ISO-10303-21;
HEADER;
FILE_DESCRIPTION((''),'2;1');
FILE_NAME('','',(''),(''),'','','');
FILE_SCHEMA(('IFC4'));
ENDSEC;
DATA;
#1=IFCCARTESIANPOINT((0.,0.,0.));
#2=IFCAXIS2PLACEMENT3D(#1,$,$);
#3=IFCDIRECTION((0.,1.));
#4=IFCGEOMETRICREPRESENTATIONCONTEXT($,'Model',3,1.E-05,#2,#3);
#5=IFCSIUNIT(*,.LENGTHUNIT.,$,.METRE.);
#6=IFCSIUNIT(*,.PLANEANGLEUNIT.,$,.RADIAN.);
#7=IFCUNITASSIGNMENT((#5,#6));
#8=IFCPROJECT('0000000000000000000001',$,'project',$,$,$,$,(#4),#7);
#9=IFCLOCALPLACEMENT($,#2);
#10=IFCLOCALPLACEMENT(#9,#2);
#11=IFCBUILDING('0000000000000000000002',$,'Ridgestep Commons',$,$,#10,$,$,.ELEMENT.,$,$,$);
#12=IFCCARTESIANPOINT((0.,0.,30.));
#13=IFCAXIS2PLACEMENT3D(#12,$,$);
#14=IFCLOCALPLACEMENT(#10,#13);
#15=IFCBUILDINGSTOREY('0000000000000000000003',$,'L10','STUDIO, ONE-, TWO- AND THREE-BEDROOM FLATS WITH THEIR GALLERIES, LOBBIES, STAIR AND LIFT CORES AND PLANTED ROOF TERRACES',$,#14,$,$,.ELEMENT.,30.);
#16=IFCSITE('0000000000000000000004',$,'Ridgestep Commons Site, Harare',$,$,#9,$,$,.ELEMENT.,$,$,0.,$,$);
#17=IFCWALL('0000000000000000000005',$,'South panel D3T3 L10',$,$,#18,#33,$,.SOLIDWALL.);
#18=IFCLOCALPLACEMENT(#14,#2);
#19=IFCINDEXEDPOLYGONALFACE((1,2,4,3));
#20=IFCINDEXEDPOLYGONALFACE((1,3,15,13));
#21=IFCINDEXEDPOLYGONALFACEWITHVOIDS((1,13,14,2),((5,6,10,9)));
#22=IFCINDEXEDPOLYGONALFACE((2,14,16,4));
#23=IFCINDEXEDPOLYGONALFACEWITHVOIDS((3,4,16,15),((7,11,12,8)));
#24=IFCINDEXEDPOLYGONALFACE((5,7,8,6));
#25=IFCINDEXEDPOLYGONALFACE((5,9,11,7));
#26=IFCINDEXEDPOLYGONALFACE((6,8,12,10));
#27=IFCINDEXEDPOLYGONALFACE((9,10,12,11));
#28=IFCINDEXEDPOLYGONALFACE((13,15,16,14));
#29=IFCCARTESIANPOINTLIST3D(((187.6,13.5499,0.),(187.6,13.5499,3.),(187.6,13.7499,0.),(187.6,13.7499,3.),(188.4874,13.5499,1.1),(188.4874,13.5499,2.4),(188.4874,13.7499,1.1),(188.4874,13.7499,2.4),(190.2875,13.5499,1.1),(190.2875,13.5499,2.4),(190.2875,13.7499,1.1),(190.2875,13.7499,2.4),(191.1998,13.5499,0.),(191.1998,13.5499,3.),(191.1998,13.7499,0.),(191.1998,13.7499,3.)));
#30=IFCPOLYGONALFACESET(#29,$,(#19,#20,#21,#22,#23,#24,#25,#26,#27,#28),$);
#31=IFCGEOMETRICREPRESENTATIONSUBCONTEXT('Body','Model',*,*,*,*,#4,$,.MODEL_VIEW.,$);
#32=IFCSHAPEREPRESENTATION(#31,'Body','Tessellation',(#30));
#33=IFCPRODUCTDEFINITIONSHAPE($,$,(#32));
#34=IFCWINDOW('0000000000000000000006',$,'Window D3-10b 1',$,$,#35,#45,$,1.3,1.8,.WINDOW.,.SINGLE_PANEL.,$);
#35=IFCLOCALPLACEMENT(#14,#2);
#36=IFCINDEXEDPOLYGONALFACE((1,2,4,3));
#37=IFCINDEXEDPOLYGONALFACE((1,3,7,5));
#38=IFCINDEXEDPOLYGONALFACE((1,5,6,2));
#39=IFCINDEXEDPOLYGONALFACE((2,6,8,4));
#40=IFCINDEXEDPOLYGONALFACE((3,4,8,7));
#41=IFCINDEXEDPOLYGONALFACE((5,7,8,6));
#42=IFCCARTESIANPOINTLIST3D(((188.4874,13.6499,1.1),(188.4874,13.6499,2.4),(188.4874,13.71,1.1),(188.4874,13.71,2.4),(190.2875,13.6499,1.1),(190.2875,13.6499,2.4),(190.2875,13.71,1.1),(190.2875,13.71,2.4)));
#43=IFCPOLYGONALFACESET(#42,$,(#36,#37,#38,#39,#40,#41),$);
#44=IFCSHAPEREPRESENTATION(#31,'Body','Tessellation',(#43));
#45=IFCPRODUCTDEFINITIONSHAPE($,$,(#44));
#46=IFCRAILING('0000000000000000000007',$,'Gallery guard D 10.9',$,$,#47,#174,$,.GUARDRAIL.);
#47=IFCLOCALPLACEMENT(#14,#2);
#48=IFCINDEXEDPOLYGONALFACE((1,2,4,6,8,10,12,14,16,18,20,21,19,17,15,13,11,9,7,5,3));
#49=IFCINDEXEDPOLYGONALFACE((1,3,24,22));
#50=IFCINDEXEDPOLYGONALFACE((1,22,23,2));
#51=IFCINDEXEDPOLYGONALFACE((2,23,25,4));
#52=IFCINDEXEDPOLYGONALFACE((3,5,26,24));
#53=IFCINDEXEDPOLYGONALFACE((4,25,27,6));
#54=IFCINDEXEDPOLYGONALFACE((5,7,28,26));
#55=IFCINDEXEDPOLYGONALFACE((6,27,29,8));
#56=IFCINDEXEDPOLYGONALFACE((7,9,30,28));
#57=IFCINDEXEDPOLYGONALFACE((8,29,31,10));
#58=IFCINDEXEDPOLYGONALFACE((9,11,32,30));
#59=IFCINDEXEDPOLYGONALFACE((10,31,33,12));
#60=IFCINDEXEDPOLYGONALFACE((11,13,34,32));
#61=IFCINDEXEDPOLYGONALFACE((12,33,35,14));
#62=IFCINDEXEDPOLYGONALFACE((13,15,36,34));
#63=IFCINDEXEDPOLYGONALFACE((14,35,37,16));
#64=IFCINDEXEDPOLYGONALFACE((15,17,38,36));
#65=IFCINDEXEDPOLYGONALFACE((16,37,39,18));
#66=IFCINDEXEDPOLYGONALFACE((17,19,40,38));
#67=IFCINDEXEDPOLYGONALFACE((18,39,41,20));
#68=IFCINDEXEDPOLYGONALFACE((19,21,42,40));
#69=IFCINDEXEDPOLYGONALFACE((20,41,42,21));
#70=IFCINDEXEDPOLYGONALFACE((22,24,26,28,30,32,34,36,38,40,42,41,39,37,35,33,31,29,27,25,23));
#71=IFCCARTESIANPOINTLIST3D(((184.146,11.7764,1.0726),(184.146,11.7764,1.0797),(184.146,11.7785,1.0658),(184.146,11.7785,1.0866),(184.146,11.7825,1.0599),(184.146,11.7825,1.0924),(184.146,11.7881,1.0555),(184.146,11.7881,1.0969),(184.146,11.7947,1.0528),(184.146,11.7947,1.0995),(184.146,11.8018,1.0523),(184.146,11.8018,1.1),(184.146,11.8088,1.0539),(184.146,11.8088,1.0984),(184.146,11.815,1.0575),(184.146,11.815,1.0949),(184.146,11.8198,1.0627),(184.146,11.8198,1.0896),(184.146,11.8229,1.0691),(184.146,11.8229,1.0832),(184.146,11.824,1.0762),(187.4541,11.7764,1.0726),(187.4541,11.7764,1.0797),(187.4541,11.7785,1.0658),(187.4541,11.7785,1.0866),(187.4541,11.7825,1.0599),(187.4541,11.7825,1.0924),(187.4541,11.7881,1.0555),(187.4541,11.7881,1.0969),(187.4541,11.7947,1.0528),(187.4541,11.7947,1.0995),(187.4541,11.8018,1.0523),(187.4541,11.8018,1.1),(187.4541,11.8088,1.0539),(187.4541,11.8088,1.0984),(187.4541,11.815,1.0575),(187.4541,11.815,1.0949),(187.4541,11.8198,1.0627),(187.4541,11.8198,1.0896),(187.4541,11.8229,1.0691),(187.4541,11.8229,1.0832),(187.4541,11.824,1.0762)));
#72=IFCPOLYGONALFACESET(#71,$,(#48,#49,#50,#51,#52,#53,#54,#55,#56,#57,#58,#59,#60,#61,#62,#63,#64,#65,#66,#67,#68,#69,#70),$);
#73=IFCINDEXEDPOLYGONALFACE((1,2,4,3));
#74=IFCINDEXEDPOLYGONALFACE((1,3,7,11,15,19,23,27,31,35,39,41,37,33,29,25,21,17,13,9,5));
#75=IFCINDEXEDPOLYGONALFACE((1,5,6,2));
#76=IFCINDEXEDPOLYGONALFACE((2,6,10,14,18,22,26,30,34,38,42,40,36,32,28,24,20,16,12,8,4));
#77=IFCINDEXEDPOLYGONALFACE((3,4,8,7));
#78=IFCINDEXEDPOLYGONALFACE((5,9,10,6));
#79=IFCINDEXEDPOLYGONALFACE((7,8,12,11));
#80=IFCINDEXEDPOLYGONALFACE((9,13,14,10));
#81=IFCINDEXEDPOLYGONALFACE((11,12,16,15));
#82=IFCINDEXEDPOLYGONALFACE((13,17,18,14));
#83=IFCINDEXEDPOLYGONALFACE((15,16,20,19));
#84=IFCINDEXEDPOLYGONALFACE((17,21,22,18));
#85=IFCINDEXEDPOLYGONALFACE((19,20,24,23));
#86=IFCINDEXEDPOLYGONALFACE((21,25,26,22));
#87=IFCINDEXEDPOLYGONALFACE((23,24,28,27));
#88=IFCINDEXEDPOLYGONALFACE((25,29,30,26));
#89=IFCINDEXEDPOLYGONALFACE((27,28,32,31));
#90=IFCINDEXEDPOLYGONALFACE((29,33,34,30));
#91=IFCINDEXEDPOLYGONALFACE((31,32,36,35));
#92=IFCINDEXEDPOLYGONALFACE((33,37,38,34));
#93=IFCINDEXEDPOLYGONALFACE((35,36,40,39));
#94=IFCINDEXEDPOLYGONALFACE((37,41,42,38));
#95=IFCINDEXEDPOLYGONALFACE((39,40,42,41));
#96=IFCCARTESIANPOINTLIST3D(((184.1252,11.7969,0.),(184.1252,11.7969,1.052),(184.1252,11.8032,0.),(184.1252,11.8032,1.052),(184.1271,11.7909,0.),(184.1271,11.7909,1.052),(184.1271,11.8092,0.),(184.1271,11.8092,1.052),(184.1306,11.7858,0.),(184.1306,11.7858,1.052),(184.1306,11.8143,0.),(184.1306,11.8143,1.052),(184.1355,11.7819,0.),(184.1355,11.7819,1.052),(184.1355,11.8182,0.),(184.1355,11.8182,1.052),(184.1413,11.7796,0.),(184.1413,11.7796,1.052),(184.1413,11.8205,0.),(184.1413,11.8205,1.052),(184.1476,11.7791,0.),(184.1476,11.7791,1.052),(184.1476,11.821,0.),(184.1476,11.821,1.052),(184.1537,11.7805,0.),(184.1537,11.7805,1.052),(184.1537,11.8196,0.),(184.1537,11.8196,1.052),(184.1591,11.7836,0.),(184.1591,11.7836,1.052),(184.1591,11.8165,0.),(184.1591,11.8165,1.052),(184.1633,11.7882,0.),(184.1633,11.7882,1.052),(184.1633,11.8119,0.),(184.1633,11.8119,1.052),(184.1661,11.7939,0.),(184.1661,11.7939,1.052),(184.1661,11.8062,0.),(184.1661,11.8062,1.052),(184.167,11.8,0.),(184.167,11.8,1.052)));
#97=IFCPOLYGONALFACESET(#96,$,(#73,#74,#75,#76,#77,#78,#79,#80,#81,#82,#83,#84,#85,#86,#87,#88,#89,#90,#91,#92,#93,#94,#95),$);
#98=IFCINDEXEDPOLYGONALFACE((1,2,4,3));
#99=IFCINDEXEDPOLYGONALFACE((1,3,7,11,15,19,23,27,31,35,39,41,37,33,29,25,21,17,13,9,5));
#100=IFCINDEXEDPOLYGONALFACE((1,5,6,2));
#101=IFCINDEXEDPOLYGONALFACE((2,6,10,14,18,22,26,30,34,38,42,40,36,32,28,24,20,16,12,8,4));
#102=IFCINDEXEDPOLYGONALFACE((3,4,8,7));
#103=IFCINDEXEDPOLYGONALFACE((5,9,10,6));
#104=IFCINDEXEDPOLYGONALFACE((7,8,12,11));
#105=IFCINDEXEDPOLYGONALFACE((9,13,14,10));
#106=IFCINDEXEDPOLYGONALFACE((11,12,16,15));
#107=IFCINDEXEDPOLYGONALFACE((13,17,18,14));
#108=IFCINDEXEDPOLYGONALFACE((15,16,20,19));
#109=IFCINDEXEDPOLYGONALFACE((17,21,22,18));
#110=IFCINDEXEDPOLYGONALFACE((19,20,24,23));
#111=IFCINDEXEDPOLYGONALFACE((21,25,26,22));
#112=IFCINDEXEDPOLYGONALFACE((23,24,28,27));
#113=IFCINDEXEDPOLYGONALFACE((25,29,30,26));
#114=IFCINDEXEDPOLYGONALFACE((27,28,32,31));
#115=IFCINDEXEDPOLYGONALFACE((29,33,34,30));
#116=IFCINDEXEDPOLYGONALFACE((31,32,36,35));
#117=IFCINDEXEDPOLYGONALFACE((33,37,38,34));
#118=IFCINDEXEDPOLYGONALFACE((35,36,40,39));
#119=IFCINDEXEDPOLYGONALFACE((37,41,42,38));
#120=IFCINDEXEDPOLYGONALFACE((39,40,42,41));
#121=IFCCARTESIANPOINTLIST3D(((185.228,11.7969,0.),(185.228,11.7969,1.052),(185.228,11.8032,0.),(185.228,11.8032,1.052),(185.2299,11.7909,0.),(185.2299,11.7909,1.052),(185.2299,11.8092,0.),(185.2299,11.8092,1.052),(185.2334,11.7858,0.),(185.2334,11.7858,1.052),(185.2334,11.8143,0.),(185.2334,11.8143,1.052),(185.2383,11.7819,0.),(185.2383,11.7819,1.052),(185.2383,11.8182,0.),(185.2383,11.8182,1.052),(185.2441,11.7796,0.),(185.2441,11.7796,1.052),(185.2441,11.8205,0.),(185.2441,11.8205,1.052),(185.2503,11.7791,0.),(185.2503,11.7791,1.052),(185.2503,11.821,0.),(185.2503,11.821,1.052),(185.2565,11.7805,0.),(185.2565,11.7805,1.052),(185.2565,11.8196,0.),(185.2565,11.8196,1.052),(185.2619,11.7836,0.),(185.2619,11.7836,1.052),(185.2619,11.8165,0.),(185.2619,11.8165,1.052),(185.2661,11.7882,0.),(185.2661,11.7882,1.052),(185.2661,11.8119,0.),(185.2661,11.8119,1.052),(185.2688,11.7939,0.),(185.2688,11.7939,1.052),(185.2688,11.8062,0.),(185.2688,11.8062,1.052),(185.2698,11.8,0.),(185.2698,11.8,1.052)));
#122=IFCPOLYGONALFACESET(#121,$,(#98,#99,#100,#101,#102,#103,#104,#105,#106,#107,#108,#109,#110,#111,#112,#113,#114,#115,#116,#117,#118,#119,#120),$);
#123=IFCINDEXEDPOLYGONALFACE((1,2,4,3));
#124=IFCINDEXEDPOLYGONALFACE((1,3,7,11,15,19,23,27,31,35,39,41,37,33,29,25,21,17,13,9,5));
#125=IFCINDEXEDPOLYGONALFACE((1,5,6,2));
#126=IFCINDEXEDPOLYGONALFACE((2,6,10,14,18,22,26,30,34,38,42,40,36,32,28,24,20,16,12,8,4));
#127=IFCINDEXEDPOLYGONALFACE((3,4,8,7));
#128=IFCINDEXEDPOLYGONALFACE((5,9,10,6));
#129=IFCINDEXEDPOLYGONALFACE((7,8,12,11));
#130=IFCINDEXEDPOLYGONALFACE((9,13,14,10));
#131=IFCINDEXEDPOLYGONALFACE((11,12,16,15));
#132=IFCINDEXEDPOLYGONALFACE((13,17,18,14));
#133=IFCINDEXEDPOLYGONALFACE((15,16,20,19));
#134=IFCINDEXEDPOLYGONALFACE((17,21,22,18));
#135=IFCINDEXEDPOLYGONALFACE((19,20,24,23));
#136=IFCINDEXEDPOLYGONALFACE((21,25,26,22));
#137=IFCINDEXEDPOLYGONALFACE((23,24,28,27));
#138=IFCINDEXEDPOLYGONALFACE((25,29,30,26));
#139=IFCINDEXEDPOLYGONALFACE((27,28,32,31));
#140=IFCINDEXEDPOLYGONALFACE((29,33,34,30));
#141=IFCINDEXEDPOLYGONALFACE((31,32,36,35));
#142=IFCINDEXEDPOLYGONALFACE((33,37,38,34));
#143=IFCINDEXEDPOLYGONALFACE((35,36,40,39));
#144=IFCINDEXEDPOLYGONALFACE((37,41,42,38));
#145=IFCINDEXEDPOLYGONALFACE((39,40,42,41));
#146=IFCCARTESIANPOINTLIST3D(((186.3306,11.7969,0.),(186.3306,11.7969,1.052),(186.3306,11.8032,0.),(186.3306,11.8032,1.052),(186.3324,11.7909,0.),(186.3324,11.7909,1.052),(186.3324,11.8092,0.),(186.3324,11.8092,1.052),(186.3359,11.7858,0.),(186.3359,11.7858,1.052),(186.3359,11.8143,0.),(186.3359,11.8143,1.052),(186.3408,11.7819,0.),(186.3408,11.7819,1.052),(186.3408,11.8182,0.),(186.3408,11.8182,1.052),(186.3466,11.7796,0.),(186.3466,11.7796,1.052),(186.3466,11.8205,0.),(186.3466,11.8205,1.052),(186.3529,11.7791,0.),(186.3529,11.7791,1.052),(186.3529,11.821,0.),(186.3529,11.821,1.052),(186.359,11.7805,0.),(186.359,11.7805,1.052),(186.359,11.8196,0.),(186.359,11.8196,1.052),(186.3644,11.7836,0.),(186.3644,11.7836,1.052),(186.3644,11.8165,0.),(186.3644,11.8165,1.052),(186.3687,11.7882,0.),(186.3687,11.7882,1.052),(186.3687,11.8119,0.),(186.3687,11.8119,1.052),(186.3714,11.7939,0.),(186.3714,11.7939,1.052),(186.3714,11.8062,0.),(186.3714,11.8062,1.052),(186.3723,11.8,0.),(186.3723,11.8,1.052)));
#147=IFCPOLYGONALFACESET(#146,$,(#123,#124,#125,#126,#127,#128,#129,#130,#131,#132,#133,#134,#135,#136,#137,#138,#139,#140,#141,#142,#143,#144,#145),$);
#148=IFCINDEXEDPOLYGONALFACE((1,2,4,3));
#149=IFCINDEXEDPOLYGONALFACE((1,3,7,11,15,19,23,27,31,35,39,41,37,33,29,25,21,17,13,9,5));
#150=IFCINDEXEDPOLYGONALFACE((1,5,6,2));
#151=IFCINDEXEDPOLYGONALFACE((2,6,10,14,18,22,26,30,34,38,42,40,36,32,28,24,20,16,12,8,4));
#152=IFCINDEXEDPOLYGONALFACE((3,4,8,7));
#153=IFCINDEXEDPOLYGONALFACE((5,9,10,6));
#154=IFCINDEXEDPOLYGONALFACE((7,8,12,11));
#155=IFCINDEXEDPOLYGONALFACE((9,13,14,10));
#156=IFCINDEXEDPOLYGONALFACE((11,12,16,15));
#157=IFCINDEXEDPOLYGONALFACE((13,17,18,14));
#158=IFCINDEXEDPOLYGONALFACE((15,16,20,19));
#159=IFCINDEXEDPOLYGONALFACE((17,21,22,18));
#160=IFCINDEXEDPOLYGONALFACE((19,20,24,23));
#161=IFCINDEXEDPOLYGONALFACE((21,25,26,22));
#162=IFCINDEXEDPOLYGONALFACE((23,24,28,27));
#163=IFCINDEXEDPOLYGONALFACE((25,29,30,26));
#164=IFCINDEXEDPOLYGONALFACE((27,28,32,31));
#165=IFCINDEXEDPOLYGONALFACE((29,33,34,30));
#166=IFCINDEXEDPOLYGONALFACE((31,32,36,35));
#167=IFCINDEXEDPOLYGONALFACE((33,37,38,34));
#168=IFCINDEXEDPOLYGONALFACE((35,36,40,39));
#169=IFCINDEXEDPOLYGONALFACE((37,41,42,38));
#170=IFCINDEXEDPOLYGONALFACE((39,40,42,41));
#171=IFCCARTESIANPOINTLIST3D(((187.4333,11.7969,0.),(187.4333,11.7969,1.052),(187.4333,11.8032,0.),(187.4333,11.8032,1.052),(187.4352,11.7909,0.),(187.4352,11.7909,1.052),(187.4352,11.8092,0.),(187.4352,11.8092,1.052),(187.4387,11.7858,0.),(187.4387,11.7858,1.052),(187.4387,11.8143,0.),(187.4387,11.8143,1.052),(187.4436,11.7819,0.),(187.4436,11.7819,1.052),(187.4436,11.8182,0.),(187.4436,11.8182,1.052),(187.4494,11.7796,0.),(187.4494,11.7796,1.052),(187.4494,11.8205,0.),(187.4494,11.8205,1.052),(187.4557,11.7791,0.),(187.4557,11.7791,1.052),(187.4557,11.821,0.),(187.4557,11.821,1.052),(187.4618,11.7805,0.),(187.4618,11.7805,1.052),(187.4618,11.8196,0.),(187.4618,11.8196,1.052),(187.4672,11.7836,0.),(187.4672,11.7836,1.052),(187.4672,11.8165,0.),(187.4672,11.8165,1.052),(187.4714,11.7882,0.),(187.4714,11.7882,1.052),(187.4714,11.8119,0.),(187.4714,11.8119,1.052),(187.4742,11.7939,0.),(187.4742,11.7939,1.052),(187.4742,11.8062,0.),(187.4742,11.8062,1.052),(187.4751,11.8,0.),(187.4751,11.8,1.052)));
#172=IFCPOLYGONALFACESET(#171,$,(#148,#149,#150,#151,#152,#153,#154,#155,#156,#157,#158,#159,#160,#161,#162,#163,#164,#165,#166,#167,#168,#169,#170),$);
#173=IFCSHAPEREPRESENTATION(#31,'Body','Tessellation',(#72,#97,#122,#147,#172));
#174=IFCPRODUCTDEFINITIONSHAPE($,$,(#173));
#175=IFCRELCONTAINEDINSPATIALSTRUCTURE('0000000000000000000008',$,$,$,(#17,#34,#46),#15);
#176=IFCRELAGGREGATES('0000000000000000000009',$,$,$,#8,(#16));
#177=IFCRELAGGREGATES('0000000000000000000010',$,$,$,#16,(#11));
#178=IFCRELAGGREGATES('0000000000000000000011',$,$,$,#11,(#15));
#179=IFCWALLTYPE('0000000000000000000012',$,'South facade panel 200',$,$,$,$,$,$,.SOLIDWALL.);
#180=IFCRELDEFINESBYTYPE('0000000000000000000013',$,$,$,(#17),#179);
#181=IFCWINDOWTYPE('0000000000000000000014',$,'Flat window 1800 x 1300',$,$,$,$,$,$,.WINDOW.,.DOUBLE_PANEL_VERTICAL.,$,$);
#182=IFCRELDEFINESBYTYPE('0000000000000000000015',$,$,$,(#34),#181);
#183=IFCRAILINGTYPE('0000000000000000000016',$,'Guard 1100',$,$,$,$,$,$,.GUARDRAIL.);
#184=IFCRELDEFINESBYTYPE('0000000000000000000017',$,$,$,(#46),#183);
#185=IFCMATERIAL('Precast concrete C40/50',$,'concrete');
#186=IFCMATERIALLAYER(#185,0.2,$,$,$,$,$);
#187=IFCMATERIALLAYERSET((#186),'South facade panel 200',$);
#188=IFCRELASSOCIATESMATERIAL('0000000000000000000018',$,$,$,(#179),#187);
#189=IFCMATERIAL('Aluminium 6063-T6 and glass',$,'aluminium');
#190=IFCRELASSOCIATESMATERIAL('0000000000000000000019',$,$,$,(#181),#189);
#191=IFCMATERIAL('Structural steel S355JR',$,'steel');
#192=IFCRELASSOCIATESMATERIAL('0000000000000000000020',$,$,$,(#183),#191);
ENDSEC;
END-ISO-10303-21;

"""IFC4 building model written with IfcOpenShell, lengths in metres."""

from ifc_helpers import new_model, si_unit, direction, frame, frame_2d, origin, origin_2d, place, context, subcontext, project, spatial, rectangle, circle, extrude, material, layer, layer_set, type_object, element, fill, save


model = new_model("IFC4")

# Units and contexts
model_context = context("Model", 3, precision=1e-05, world=origin(), true_north=direction((0.0, 1.0)))
body_context = subcontext(model_context, "Body", "Model", "MODEL_VIEW")
ifc_project = project(units=[si_unit("LENGTHUNIT", "METRE"), si_unit("PLANEANGLEUNIT", "RADIAN")], contexts=[model_context])

# Site, building, storey
site_placement = place(None, origin())
site = spatial("IfcSite", under=ifc_project, at=site_placement, Name="Ridgestep Commons Site, Harare", CompositionType="ELEMENT", RefElevation=0.0)
building_placement = place(site_placement, origin())
building = spatial("IfcBuilding", under=site, at=building_placement, Name="Ridgestep Commons", CompositionType="ELEMENT")
storey_placement = place(building_placement, frame((0.0, 0.0, 30.0)))
storey = spatial("IfcBuildingStorey", under=building, at=storey_placement, Name="L10", Description="STUDIO, ONE-, TWO- AND THREE-BEDROOM FLATS WITH THEIR GALLERIES, LOBBIES, STAIR AND LIFT CORES AND PLANTED ROOF TERRACES", CompositionType="ELEMENT", Elevation=30.0)

# Wall, opening, window
ifc_material_1 = material(Name="Precast concrete C40/50", Category="concrete")
ifc_layer_1 = layer(ifc_material_1, 0.2)
ifc_layer_set_1 = layer_set([ifc_layer_1], Name="South facade panel 200")
wall_type_1 = type_object("IfcWallType", Name="South facade panel 200", PredefinedType="SOLIDWALL", material=ifc_layer_set_1)
wall_1_placement = place(storey_placement, frame((187.6001, 13.6499, 0.0), z_axis=(0.0, 0.0, 1.0), x_axis=(1.0, 0.0, 0.0)))
wall_1 = element("IfcWall", 1, at=wall_1_placement, inside=storey, type_object=wall_type_1, Name="South panel D3T3 L10", PredefinedType="SOLIDWALL", context=body_context, shape_type="SweptSolid", body=[
    extrude(rectangle(XDim=3.5999, YDim=0.2, at=frame_2d((1.7998, 0.0))), origin(), (0.0, 0.0, 1.0), 3.0),
])
opening_1_placement = place(wall_1_placement, frame((0.8875, 0.0, 1.1001)))
opening_1 = element("IfcOpeningElement", 2, at=opening_1_placement, cuts=wall_1, PredefinedType="OPENING", context=body_context, shape_type="SweptSolid", body=[
    extrude(rectangle(XDim=1.8, YDim=1.3, at=frame_2d((0.8999, 0.6499))), frame((0.0, 0.1099, 0.0), z_axis=(0.0, -1.0, 0.0), x_axis=(1.0, 0.0, 0.0)), (0.0, 0.0, 1.0), 0.22),
])
ifc_material_2 = material(Name="Aluminium 6063-T6 and glass", Category="aluminium")
window_type = type_object("IfcWindowType", Name="Flat window 1800 x 1300", PartitioningType="DOUBLE_PANEL_VERTICAL", PredefinedType="WINDOW", material=ifc_material_2)
window_placement = place(opening_1_placement, origin())
window = element("IfcWindow", 3, at=window_placement, inside=storey, type_object=window_type, Name="Window D3-10b 1", OverallHeight=1.3, OverallWidth=1.8, PartitioningType="SINGLE_PANEL", PredefinedType="WINDOW", context=body_context, shape_type="SweptSolid", body=[
    extrude(rectangle(XDim=1.8, YDim=1.3, at=frame_2d((0.8999, 0.6499))), frame((0.0, 0.0601, 0.0), z_axis=(0.0, -1.0, 0.0), x_axis=(1.0, 0.0, 0.0)), (0.0, 0.0, 1.0), 0.0601),
])
fill(opening_1, window)

# Railing
ifc_material_3 = material(Name="Structural steel S355JR", Category="steel")
railing_type = type_object("IfcRailingType", Name="Guard 1100", PredefinedType="GUARDRAIL", material=ifc_material_3)
railing_1_placement = place(storey_placement, frame((184.146, 11.8, 0.0)))
element("IfcRailing", 4, at=railing_1_placement, inside=storey, type_object=railing_type, Name="Gallery guard D 10.9", PredefinedType="GUARDRAIL", context=body_context, shape_type="SweptSolid", body=[
    extrude(circle(Radius=0.0239, at=origin_2d()), frame((0.0, 0.0, 1.0762), z_axis=(1.0, 0.0, 0.0), x_axis=(0.0, 1.0, 0.0)), (0.0, 0.0, 1.0), 3.3081),
    extrude(circle(Radius=0.021, at=origin_2d()), origin(), (0.0, 0.0, 1.0), 1.052),
    extrude(circle(Radius=0.021, at=origin_2d()), frame((1.1028, 0.0, 0.0)), (0.0, 0.0, 1.0), 1.052),
    extrude(circle(Radius=0.021, at=origin_2d()), frame((2.2053, 0.0, 0.0)), (0.0, 0.0, 1.0), 1.052),
    extrude(circle(Radius=0.021, at=origin_2d()), frame((3.3081, 0.0, 0.0)), (0.0, 0.0, 1.0), 1.052),
])

save(model, "model.ifc")
